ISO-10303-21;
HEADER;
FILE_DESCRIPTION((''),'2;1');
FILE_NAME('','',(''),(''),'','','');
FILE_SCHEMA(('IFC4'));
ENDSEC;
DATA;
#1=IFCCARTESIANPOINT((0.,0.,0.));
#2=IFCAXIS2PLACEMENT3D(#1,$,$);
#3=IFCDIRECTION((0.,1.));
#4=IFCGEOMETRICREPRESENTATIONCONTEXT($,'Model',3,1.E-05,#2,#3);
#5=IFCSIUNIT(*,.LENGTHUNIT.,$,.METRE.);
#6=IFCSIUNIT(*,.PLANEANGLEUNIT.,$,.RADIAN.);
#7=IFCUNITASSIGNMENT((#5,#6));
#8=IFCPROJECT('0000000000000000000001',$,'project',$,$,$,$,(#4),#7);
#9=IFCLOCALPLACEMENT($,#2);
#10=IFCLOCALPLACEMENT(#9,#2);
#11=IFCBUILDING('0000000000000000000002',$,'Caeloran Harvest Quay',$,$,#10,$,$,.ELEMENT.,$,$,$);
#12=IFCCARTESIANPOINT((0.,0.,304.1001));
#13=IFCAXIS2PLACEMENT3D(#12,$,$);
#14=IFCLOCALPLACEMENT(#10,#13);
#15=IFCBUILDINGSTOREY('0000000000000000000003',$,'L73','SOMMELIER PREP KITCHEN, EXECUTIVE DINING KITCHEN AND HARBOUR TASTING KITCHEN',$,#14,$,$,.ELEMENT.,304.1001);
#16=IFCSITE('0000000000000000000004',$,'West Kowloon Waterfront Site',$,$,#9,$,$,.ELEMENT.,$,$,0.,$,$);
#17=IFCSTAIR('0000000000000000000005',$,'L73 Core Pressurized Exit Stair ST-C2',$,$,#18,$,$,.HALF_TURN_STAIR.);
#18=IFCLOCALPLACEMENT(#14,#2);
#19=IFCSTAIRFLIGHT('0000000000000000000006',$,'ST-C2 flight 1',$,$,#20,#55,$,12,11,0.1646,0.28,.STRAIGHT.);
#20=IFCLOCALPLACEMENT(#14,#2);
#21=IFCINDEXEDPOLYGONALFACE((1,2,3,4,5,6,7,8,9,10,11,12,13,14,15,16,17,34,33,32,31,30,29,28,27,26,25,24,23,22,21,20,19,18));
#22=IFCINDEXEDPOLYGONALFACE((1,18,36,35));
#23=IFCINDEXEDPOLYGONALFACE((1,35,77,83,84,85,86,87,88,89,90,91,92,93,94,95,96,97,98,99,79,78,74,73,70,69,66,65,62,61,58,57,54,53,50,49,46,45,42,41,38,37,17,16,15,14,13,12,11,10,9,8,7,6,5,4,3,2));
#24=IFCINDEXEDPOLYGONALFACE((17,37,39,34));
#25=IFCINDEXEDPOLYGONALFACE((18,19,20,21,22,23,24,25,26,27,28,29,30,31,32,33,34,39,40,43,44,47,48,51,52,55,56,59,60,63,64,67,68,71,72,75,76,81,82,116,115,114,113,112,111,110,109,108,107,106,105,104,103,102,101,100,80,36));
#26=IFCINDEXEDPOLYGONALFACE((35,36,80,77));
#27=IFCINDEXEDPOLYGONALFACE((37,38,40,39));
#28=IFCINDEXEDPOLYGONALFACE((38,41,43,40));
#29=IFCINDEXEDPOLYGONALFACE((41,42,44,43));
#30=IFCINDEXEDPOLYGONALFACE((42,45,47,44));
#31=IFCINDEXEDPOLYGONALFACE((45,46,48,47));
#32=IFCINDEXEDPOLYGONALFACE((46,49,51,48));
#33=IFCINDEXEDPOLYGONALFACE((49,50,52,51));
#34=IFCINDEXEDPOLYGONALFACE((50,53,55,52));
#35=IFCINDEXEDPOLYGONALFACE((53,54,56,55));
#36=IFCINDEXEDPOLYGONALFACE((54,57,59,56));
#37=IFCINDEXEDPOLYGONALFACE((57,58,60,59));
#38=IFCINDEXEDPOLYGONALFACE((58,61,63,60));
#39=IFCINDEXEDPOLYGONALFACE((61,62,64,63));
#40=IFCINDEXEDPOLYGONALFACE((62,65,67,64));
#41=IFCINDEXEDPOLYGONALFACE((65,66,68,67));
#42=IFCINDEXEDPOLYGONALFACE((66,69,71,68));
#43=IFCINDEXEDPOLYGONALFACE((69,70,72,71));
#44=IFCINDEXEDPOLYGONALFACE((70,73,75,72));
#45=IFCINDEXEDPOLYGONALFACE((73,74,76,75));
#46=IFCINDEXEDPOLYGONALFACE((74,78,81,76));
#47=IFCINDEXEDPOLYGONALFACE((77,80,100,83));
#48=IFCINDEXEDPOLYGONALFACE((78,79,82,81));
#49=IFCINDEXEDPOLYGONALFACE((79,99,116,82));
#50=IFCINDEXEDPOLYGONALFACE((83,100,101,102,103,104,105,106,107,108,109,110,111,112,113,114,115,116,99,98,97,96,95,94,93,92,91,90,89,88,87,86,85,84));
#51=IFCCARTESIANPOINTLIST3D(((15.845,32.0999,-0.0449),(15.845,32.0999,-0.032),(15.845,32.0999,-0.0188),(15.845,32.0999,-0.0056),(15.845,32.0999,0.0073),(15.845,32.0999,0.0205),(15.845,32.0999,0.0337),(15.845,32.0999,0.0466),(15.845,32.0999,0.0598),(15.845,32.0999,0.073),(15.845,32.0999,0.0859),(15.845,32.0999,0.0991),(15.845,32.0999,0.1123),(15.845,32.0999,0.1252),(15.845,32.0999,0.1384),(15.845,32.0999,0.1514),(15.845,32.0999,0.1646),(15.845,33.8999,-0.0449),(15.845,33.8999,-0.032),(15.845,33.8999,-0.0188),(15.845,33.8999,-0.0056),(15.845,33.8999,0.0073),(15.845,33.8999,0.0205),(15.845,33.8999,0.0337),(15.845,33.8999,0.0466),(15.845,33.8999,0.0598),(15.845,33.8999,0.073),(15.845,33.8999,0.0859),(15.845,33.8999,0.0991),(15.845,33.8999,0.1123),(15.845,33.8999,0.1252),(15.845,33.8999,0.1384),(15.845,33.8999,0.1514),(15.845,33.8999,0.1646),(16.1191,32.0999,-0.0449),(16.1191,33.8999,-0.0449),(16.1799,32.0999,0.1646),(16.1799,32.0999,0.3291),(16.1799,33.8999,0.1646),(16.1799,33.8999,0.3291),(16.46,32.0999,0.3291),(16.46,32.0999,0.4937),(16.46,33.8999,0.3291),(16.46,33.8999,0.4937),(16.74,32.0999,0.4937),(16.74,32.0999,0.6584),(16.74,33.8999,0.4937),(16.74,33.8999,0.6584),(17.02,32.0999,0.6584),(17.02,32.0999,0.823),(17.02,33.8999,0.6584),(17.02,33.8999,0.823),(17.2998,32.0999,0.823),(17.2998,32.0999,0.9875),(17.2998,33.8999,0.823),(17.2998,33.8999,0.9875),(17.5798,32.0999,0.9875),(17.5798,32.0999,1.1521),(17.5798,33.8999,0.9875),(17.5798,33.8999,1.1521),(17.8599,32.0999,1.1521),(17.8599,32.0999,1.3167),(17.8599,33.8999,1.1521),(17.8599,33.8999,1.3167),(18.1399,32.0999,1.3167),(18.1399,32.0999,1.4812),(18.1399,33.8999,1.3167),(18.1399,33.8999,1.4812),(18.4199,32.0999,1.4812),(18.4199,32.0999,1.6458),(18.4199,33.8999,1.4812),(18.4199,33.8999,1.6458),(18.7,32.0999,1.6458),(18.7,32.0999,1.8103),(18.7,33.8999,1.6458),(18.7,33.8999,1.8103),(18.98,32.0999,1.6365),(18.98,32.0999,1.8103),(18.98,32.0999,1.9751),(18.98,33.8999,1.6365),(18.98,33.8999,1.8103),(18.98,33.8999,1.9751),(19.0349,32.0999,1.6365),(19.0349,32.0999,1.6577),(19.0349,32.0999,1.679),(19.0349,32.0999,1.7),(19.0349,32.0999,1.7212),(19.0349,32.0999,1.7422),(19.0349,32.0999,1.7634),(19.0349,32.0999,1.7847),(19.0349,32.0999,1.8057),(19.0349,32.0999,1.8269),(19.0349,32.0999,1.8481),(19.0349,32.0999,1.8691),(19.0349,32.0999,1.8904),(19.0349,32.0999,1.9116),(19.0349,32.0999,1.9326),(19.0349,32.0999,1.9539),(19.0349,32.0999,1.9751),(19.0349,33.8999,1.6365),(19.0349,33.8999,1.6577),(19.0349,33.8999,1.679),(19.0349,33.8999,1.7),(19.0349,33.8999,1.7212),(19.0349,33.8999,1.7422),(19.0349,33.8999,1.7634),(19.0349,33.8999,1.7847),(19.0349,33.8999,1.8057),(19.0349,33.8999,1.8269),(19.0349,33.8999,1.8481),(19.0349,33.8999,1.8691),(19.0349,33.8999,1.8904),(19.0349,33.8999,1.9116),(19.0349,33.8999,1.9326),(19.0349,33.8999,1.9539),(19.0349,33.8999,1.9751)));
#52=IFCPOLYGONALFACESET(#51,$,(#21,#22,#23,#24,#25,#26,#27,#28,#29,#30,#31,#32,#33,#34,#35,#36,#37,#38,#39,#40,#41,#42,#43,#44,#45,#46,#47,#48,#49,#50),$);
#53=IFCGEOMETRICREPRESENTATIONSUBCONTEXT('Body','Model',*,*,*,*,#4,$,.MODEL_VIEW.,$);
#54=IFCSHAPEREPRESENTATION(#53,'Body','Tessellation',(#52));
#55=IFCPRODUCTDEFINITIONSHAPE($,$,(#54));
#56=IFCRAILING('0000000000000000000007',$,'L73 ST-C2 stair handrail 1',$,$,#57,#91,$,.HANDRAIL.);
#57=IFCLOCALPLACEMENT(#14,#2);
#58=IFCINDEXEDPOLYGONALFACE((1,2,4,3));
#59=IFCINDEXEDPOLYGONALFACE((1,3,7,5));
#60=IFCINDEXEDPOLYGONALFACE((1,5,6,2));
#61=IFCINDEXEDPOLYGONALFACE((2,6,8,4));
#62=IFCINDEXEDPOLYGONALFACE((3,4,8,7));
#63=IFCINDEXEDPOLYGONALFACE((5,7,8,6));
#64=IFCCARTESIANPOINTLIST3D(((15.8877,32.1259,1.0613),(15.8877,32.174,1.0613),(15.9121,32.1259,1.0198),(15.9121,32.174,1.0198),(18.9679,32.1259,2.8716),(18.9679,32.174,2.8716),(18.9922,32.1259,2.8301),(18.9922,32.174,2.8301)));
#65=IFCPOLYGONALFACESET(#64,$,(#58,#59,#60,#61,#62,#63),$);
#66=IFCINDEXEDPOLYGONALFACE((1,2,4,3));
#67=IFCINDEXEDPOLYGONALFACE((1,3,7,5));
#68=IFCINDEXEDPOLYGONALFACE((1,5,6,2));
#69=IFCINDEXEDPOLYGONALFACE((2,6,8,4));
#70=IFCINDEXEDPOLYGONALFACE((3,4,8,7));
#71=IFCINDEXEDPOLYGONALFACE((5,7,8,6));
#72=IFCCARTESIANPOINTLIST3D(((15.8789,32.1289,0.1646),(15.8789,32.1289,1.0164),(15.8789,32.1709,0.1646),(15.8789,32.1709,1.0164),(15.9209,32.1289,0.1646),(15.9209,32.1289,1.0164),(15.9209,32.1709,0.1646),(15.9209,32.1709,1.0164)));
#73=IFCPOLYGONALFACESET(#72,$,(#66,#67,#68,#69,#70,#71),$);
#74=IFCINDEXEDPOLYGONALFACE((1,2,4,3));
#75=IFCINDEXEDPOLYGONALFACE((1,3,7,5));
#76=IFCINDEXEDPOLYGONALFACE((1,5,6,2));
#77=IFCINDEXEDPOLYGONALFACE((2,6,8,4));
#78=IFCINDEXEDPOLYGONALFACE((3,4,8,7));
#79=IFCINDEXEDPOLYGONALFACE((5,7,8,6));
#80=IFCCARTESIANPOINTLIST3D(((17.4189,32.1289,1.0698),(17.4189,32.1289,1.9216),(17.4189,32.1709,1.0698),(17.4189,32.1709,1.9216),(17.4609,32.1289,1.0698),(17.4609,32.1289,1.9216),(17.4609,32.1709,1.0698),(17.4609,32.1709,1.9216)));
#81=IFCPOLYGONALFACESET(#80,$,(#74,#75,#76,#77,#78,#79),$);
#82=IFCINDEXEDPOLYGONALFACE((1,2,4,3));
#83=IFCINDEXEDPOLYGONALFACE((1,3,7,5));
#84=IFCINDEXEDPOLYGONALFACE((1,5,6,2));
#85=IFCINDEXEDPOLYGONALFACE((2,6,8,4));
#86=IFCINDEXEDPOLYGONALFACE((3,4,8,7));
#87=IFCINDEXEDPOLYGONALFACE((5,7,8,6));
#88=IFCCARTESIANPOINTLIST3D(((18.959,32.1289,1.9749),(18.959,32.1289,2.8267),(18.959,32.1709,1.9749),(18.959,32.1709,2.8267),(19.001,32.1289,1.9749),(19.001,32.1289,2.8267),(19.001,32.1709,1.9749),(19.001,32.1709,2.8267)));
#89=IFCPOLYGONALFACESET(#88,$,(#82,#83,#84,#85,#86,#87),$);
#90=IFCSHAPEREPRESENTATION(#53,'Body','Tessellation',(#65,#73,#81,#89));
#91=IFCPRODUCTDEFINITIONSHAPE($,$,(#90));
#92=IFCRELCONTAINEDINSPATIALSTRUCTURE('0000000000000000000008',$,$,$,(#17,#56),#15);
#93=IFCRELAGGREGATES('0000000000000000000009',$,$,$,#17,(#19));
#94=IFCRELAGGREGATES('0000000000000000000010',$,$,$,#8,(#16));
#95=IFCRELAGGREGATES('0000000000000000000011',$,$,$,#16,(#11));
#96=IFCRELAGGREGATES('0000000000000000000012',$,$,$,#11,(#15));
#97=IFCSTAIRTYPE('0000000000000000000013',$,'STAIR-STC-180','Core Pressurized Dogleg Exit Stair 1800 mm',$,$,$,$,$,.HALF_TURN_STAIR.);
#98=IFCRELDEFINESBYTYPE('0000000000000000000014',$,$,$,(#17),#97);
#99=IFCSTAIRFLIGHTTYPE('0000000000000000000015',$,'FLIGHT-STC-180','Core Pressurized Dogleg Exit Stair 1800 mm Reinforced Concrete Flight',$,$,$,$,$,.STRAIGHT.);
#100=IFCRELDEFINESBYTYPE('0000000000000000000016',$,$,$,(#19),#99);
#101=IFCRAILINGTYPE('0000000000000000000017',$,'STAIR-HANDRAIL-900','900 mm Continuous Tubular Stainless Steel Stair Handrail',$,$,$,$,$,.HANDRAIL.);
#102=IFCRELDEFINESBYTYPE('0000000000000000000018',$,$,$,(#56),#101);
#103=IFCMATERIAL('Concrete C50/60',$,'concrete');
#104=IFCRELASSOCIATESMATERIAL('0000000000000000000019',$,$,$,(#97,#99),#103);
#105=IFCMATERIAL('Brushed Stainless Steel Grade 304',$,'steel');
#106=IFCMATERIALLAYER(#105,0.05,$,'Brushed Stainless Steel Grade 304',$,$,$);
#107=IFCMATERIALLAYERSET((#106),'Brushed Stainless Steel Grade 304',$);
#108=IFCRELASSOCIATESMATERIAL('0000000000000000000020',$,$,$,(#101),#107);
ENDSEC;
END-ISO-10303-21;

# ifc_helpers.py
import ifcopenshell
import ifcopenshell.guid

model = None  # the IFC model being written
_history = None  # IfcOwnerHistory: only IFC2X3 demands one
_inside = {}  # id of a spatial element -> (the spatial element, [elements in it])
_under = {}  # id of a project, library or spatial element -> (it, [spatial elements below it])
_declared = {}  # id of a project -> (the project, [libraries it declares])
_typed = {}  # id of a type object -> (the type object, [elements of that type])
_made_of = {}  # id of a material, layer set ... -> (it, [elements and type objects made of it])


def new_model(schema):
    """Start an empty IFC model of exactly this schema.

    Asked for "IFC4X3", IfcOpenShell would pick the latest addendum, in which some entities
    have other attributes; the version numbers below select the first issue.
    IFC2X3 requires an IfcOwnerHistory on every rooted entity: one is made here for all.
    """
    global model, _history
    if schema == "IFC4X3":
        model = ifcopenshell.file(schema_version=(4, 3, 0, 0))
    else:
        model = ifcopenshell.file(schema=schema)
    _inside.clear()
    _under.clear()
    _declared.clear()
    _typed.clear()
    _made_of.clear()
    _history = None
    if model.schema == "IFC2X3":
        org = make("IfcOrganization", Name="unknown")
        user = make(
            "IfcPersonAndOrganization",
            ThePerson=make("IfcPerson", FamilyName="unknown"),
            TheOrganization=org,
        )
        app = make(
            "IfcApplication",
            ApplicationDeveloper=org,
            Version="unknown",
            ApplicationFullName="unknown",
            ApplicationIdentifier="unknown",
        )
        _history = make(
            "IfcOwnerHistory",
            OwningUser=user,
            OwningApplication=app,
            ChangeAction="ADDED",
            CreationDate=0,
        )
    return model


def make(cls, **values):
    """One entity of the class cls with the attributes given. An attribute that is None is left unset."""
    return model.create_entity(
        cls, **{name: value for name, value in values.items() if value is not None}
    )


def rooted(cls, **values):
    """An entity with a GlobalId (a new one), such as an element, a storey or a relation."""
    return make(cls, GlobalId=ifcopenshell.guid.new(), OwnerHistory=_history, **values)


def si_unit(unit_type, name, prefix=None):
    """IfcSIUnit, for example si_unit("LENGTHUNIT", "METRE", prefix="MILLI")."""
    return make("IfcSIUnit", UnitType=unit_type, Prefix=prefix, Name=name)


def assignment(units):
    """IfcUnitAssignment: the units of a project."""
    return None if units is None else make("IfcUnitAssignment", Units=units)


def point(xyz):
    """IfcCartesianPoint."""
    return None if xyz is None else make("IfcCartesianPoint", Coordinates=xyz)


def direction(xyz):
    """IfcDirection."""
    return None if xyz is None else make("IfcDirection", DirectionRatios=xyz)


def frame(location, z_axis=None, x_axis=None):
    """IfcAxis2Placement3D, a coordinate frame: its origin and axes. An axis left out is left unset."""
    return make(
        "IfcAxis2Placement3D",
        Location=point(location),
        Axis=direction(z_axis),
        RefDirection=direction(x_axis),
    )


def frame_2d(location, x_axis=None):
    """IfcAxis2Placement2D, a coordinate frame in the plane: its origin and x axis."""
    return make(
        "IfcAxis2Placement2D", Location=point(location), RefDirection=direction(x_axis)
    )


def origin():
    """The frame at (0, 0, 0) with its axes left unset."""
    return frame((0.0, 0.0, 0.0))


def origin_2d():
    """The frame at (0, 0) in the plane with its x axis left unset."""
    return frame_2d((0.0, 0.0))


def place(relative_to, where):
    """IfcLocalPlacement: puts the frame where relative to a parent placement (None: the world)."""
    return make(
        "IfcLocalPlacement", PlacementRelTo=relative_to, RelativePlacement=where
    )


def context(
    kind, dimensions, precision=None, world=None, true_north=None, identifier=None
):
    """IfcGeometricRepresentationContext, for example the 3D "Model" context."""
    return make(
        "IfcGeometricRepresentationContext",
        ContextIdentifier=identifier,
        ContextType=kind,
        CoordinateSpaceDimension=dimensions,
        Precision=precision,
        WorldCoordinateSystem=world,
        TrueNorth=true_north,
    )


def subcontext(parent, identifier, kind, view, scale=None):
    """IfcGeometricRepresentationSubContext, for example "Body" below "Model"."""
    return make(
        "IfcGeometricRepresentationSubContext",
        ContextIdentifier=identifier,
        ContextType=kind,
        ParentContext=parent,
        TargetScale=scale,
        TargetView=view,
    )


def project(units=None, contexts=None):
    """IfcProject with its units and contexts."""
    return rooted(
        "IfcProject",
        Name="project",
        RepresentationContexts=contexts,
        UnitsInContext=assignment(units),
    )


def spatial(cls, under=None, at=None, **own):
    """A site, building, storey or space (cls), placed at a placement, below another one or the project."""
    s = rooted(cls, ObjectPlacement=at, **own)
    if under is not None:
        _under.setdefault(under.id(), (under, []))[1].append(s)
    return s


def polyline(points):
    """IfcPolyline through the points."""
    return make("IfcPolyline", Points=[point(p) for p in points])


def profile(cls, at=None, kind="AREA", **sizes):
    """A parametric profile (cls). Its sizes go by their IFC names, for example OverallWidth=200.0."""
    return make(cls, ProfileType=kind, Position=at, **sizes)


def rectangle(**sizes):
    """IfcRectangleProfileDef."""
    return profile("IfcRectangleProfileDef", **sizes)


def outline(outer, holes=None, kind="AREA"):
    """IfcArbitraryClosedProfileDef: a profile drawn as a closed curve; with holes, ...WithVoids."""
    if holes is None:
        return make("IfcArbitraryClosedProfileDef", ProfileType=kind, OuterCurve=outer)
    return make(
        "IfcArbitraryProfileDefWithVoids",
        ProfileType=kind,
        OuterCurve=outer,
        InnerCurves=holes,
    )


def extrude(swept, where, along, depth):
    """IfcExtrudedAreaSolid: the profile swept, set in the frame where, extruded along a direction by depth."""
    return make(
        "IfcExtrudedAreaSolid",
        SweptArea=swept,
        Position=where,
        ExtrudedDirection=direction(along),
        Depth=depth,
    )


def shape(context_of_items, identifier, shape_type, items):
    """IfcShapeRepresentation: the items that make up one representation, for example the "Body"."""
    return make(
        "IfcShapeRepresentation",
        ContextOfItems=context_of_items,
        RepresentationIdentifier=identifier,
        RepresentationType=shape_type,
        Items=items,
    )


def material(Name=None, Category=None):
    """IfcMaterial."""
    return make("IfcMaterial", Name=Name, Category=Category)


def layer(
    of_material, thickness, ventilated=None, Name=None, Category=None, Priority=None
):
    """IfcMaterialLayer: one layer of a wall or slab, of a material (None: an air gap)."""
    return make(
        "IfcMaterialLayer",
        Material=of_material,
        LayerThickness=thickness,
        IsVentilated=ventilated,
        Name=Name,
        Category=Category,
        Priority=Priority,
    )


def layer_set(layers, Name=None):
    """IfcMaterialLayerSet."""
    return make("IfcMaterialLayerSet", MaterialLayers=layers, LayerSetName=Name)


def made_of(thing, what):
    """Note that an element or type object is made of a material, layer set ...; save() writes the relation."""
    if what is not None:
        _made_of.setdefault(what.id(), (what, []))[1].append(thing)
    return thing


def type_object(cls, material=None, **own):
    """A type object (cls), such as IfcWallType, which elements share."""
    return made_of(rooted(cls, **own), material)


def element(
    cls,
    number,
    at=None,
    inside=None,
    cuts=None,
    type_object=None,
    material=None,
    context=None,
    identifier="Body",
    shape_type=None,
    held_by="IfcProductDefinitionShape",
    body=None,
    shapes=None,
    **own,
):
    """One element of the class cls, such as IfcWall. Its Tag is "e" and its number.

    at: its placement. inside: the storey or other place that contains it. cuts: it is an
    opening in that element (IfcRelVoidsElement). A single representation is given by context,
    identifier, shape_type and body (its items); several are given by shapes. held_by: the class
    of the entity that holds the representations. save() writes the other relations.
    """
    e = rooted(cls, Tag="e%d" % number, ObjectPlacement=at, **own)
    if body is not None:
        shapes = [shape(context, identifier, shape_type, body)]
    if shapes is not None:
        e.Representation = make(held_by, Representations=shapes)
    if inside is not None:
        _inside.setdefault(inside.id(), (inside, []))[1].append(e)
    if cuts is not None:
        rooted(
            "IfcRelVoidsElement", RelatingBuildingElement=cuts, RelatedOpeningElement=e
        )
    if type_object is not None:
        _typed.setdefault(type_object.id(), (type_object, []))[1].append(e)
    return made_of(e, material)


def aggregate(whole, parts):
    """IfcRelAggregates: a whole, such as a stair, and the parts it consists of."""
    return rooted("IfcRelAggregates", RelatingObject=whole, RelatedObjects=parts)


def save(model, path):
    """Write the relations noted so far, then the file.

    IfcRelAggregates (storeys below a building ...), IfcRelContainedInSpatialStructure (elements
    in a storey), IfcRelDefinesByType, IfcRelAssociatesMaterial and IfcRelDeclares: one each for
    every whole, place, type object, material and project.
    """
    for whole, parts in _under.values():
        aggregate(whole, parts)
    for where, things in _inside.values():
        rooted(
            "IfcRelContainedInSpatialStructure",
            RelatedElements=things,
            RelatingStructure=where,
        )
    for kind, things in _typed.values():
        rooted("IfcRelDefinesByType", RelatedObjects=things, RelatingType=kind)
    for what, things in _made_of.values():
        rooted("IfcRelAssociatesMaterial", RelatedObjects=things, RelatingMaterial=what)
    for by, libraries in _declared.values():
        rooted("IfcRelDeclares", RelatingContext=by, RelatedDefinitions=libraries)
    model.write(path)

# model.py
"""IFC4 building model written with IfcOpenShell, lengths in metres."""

from ifc_helpers import new_model, si_unit, direction, frame, origin, origin_2d, place, context, subcontext, project, spatial, polyline, rectangle, outline, extrude, material, layer, layer_set, type_object, element, aggregate, save


model = new_model("IFC4")

# Units and contexts
model_context = context("Model", 3, precision=1e-05, world=origin(), true_north=direction((0.0, 1.0)))
body_context = subcontext(model_context, "Body", "Model", "MODEL_VIEW")
ifc_project = project(units=[si_unit("LENGTHUNIT", "METRE"), si_unit("PLANEANGLEUNIT", "RADIAN")], contexts=[model_context])

# Site, building, storey
site_placement = place(None, origin())
site = spatial("IfcSite", under=ifc_project, at=site_placement, Name="West Kowloon Waterfront Site", CompositionType="ELEMENT", RefElevation=0.0)
building_placement = place(site_placement, origin())
building = spatial("IfcBuilding", under=site, at=building_placement, Name="Caeloran Harvest Quay", CompositionType="ELEMENT")
storey_placement = place(building_placement, frame((0.0, 0.0, 304.1001)))
storey = spatial("IfcBuildingStorey", under=building, at=storey_placement, Name="L73", Description="SOMMELIER PREP KITCHEN, EXECUTIVE DINING KITCHEN AND HARBOUR TASTING KITCHEN", CompositionType="ELEMENT", Elevation=304.1001)

# Shared definitions
ifc_material_1 = material(Name="Concrete C50/60", Category="concrete")

# Stair, stair flight
stair_type = type_object("IfcStairType", Name="STAIR-STC-180", Description="Core Pressurized Dogleg Exit Stair 1800 mm", PredefinedType="HALF_TURN_STAIR", material=ifc_material_1)
stair_placement = place(storey_placement, origin())
stair = element("IfcStair", 1, at=stair_placement, inside=storey, type_object=stair_type, Name="L73 Core Pressurized Exit Stair ST-C2", PredefinedType="HALF_TURN_STAIR")
stair_flight_type = type_object("IfcStairFlightType", Name="FLIGHT-STC-180", Description="Core Pressurized Dogleg Exit Stair 1800 mm Reinforced Concrete Flight", PredefinedType="STRAIGHT", material=ifc_material_1)
stair_flight_placement = place(storey_placement, frame((15.8999, 33.0, 0.0), z_axis=(0.0, 0.0, 1.0), x_axis=(1.0, 0.0, 0.0)))
stair_flight = element("IfcStairFlight", 2, at=stair_flight_placement, type_object=stair_flight_type, Name="ST-C2 flight 1", NumberOfRisers=12, NumberOfTreads=11, PredefinedType="STRAIGHT", RiserHeight=0.1646, TreadLength=0.28, context=body_context, shape_type="SweptSolid", body=[
    extrude(outline(polyline([(-0.0549, -0.0449), (-0.0549, -0.032), (-0.0549, -0.0188), (-0.0549, -0.0056), (-0.0549, 0.0073), (-0.0549, 0.0205), (-0.0549, 0.0337), (-0.0549, 0.0466), (-0.0549, 0.0598), (-0.0549, 0.073), (-0.0549, 0.0859), (-0.0549, 0.0991), (-0.0549, 0.1123), (-0.0549, 0.1252), (-0.0549, 0.1384), (-0.0549, 0.1514), (-0.0549, 0.1646), (0.28, 0.1646), (0.28, 0.3291), (0.5601, 0.3291), (0.5601, 0.4937), (0.8401, 0.4937), (0.8401, 0.6584), (1.1201, 0.6584), (1.1201, 0.823), (1.3999, 0.823), (1.3999, 0.9875), (1.6799, 0.9875), (1.6799, 1.1521), (1.96, 1.1521), (1.96, 1.3167), (2.24, 1.3167), (2.24, 1.4812), (2.52, 1.4812), (2.52, 1.6458), (2.8, 1.6458), (2.8, 1.8103), (3.0801, 1.8103), (3.0801, 1.9751), (3.135, 1.9751), (3.135, 1.9539), (3.135, 1.9326), (3.135, 1.9116), (3.135, 1.8904), (3.135, 1.8691), (3.135, 1.8481), (3.135, 1.8269), (3.135, 1.8057), (3.135, 1.7847), (3.135, 1.7634), (3.135, 1.7422), (3.135, 1.7212), (3.135, 1.7), (3.135, 1.679), (3.135, 1.6577), (3.135, 1.6365), (3.0801, 1.6365), (0.2192, -0.0449), (-0.0549, -0.0449)])), frame((0.0, 0.8999, 0.0), z_axis=(0.0, -1.0, 0.0), x_axis=(1.0, 0.0, 0.0)), (0.0, 0.0, 1.0), 1.8),
])
aggregate(stair, [stair_flight])

# Railing
ifc_material_2 = material(Name="Brushed Stainless Steel Grade 304", Category="steel")
ifc_layer_1 = layer(ifc_material_2, 0.05, Name="Brushed Stainless Steel Grade 304")
ifc_layer_set_1 = layer_set([ifc_layer_1], Name="Brushed Stainless Steel Grade 304")
railing_type = type_object("IfcRailingType", Name="STAIR-HANDRAIL-900", Description="900 mm Continuous Tubular Stainless Steel Stair Handrail", PredefinedType="HANDRAIL", material=ifc_layer_set_1)
railing_placement = place(storey_placement, frame((15.8999, 32.1499, 0.1646)))
element("IfcRailing", 3, at=railing_placement, inside=storey, type_object=railing_type, Name="L73 ST-C2 stair handrail 1", PredefinedType="HANDRAIL", context=body_context, shape_type="SweptSolid", body=[
    extrude(rectangle(XDim=0.0481, YDim=0.0481, at=origin_2d()), frame((0.0, 0.0, 0.876), z_axis=(0.862119, 0.0, 0.506707), x_axis=(0.0, 1.0, 0.0)), (0.0, 0.0, 1.0), 3.5728),
    extrude(rectangle(XDim=0.042, YDim=0.042, at=origin_2d()), origin(), (0.0, 0.0, 1.0), 0.8518),
    extrude(rectangle(XDim=0.042, YDim=0.042, at=origin_2d()), frame((1.54, 0.0, 0.9053)), (0.0, 0.0, 1.0), 0.8518),
    extrude(rectangle(XDim=0.042, YDim=0.042, at=origin_2d()), frame((3.0801, 0.0, 1.8103)), (0.0, 0.0, 1.0), 0.8518),
])

save(model, "model.ifc")
